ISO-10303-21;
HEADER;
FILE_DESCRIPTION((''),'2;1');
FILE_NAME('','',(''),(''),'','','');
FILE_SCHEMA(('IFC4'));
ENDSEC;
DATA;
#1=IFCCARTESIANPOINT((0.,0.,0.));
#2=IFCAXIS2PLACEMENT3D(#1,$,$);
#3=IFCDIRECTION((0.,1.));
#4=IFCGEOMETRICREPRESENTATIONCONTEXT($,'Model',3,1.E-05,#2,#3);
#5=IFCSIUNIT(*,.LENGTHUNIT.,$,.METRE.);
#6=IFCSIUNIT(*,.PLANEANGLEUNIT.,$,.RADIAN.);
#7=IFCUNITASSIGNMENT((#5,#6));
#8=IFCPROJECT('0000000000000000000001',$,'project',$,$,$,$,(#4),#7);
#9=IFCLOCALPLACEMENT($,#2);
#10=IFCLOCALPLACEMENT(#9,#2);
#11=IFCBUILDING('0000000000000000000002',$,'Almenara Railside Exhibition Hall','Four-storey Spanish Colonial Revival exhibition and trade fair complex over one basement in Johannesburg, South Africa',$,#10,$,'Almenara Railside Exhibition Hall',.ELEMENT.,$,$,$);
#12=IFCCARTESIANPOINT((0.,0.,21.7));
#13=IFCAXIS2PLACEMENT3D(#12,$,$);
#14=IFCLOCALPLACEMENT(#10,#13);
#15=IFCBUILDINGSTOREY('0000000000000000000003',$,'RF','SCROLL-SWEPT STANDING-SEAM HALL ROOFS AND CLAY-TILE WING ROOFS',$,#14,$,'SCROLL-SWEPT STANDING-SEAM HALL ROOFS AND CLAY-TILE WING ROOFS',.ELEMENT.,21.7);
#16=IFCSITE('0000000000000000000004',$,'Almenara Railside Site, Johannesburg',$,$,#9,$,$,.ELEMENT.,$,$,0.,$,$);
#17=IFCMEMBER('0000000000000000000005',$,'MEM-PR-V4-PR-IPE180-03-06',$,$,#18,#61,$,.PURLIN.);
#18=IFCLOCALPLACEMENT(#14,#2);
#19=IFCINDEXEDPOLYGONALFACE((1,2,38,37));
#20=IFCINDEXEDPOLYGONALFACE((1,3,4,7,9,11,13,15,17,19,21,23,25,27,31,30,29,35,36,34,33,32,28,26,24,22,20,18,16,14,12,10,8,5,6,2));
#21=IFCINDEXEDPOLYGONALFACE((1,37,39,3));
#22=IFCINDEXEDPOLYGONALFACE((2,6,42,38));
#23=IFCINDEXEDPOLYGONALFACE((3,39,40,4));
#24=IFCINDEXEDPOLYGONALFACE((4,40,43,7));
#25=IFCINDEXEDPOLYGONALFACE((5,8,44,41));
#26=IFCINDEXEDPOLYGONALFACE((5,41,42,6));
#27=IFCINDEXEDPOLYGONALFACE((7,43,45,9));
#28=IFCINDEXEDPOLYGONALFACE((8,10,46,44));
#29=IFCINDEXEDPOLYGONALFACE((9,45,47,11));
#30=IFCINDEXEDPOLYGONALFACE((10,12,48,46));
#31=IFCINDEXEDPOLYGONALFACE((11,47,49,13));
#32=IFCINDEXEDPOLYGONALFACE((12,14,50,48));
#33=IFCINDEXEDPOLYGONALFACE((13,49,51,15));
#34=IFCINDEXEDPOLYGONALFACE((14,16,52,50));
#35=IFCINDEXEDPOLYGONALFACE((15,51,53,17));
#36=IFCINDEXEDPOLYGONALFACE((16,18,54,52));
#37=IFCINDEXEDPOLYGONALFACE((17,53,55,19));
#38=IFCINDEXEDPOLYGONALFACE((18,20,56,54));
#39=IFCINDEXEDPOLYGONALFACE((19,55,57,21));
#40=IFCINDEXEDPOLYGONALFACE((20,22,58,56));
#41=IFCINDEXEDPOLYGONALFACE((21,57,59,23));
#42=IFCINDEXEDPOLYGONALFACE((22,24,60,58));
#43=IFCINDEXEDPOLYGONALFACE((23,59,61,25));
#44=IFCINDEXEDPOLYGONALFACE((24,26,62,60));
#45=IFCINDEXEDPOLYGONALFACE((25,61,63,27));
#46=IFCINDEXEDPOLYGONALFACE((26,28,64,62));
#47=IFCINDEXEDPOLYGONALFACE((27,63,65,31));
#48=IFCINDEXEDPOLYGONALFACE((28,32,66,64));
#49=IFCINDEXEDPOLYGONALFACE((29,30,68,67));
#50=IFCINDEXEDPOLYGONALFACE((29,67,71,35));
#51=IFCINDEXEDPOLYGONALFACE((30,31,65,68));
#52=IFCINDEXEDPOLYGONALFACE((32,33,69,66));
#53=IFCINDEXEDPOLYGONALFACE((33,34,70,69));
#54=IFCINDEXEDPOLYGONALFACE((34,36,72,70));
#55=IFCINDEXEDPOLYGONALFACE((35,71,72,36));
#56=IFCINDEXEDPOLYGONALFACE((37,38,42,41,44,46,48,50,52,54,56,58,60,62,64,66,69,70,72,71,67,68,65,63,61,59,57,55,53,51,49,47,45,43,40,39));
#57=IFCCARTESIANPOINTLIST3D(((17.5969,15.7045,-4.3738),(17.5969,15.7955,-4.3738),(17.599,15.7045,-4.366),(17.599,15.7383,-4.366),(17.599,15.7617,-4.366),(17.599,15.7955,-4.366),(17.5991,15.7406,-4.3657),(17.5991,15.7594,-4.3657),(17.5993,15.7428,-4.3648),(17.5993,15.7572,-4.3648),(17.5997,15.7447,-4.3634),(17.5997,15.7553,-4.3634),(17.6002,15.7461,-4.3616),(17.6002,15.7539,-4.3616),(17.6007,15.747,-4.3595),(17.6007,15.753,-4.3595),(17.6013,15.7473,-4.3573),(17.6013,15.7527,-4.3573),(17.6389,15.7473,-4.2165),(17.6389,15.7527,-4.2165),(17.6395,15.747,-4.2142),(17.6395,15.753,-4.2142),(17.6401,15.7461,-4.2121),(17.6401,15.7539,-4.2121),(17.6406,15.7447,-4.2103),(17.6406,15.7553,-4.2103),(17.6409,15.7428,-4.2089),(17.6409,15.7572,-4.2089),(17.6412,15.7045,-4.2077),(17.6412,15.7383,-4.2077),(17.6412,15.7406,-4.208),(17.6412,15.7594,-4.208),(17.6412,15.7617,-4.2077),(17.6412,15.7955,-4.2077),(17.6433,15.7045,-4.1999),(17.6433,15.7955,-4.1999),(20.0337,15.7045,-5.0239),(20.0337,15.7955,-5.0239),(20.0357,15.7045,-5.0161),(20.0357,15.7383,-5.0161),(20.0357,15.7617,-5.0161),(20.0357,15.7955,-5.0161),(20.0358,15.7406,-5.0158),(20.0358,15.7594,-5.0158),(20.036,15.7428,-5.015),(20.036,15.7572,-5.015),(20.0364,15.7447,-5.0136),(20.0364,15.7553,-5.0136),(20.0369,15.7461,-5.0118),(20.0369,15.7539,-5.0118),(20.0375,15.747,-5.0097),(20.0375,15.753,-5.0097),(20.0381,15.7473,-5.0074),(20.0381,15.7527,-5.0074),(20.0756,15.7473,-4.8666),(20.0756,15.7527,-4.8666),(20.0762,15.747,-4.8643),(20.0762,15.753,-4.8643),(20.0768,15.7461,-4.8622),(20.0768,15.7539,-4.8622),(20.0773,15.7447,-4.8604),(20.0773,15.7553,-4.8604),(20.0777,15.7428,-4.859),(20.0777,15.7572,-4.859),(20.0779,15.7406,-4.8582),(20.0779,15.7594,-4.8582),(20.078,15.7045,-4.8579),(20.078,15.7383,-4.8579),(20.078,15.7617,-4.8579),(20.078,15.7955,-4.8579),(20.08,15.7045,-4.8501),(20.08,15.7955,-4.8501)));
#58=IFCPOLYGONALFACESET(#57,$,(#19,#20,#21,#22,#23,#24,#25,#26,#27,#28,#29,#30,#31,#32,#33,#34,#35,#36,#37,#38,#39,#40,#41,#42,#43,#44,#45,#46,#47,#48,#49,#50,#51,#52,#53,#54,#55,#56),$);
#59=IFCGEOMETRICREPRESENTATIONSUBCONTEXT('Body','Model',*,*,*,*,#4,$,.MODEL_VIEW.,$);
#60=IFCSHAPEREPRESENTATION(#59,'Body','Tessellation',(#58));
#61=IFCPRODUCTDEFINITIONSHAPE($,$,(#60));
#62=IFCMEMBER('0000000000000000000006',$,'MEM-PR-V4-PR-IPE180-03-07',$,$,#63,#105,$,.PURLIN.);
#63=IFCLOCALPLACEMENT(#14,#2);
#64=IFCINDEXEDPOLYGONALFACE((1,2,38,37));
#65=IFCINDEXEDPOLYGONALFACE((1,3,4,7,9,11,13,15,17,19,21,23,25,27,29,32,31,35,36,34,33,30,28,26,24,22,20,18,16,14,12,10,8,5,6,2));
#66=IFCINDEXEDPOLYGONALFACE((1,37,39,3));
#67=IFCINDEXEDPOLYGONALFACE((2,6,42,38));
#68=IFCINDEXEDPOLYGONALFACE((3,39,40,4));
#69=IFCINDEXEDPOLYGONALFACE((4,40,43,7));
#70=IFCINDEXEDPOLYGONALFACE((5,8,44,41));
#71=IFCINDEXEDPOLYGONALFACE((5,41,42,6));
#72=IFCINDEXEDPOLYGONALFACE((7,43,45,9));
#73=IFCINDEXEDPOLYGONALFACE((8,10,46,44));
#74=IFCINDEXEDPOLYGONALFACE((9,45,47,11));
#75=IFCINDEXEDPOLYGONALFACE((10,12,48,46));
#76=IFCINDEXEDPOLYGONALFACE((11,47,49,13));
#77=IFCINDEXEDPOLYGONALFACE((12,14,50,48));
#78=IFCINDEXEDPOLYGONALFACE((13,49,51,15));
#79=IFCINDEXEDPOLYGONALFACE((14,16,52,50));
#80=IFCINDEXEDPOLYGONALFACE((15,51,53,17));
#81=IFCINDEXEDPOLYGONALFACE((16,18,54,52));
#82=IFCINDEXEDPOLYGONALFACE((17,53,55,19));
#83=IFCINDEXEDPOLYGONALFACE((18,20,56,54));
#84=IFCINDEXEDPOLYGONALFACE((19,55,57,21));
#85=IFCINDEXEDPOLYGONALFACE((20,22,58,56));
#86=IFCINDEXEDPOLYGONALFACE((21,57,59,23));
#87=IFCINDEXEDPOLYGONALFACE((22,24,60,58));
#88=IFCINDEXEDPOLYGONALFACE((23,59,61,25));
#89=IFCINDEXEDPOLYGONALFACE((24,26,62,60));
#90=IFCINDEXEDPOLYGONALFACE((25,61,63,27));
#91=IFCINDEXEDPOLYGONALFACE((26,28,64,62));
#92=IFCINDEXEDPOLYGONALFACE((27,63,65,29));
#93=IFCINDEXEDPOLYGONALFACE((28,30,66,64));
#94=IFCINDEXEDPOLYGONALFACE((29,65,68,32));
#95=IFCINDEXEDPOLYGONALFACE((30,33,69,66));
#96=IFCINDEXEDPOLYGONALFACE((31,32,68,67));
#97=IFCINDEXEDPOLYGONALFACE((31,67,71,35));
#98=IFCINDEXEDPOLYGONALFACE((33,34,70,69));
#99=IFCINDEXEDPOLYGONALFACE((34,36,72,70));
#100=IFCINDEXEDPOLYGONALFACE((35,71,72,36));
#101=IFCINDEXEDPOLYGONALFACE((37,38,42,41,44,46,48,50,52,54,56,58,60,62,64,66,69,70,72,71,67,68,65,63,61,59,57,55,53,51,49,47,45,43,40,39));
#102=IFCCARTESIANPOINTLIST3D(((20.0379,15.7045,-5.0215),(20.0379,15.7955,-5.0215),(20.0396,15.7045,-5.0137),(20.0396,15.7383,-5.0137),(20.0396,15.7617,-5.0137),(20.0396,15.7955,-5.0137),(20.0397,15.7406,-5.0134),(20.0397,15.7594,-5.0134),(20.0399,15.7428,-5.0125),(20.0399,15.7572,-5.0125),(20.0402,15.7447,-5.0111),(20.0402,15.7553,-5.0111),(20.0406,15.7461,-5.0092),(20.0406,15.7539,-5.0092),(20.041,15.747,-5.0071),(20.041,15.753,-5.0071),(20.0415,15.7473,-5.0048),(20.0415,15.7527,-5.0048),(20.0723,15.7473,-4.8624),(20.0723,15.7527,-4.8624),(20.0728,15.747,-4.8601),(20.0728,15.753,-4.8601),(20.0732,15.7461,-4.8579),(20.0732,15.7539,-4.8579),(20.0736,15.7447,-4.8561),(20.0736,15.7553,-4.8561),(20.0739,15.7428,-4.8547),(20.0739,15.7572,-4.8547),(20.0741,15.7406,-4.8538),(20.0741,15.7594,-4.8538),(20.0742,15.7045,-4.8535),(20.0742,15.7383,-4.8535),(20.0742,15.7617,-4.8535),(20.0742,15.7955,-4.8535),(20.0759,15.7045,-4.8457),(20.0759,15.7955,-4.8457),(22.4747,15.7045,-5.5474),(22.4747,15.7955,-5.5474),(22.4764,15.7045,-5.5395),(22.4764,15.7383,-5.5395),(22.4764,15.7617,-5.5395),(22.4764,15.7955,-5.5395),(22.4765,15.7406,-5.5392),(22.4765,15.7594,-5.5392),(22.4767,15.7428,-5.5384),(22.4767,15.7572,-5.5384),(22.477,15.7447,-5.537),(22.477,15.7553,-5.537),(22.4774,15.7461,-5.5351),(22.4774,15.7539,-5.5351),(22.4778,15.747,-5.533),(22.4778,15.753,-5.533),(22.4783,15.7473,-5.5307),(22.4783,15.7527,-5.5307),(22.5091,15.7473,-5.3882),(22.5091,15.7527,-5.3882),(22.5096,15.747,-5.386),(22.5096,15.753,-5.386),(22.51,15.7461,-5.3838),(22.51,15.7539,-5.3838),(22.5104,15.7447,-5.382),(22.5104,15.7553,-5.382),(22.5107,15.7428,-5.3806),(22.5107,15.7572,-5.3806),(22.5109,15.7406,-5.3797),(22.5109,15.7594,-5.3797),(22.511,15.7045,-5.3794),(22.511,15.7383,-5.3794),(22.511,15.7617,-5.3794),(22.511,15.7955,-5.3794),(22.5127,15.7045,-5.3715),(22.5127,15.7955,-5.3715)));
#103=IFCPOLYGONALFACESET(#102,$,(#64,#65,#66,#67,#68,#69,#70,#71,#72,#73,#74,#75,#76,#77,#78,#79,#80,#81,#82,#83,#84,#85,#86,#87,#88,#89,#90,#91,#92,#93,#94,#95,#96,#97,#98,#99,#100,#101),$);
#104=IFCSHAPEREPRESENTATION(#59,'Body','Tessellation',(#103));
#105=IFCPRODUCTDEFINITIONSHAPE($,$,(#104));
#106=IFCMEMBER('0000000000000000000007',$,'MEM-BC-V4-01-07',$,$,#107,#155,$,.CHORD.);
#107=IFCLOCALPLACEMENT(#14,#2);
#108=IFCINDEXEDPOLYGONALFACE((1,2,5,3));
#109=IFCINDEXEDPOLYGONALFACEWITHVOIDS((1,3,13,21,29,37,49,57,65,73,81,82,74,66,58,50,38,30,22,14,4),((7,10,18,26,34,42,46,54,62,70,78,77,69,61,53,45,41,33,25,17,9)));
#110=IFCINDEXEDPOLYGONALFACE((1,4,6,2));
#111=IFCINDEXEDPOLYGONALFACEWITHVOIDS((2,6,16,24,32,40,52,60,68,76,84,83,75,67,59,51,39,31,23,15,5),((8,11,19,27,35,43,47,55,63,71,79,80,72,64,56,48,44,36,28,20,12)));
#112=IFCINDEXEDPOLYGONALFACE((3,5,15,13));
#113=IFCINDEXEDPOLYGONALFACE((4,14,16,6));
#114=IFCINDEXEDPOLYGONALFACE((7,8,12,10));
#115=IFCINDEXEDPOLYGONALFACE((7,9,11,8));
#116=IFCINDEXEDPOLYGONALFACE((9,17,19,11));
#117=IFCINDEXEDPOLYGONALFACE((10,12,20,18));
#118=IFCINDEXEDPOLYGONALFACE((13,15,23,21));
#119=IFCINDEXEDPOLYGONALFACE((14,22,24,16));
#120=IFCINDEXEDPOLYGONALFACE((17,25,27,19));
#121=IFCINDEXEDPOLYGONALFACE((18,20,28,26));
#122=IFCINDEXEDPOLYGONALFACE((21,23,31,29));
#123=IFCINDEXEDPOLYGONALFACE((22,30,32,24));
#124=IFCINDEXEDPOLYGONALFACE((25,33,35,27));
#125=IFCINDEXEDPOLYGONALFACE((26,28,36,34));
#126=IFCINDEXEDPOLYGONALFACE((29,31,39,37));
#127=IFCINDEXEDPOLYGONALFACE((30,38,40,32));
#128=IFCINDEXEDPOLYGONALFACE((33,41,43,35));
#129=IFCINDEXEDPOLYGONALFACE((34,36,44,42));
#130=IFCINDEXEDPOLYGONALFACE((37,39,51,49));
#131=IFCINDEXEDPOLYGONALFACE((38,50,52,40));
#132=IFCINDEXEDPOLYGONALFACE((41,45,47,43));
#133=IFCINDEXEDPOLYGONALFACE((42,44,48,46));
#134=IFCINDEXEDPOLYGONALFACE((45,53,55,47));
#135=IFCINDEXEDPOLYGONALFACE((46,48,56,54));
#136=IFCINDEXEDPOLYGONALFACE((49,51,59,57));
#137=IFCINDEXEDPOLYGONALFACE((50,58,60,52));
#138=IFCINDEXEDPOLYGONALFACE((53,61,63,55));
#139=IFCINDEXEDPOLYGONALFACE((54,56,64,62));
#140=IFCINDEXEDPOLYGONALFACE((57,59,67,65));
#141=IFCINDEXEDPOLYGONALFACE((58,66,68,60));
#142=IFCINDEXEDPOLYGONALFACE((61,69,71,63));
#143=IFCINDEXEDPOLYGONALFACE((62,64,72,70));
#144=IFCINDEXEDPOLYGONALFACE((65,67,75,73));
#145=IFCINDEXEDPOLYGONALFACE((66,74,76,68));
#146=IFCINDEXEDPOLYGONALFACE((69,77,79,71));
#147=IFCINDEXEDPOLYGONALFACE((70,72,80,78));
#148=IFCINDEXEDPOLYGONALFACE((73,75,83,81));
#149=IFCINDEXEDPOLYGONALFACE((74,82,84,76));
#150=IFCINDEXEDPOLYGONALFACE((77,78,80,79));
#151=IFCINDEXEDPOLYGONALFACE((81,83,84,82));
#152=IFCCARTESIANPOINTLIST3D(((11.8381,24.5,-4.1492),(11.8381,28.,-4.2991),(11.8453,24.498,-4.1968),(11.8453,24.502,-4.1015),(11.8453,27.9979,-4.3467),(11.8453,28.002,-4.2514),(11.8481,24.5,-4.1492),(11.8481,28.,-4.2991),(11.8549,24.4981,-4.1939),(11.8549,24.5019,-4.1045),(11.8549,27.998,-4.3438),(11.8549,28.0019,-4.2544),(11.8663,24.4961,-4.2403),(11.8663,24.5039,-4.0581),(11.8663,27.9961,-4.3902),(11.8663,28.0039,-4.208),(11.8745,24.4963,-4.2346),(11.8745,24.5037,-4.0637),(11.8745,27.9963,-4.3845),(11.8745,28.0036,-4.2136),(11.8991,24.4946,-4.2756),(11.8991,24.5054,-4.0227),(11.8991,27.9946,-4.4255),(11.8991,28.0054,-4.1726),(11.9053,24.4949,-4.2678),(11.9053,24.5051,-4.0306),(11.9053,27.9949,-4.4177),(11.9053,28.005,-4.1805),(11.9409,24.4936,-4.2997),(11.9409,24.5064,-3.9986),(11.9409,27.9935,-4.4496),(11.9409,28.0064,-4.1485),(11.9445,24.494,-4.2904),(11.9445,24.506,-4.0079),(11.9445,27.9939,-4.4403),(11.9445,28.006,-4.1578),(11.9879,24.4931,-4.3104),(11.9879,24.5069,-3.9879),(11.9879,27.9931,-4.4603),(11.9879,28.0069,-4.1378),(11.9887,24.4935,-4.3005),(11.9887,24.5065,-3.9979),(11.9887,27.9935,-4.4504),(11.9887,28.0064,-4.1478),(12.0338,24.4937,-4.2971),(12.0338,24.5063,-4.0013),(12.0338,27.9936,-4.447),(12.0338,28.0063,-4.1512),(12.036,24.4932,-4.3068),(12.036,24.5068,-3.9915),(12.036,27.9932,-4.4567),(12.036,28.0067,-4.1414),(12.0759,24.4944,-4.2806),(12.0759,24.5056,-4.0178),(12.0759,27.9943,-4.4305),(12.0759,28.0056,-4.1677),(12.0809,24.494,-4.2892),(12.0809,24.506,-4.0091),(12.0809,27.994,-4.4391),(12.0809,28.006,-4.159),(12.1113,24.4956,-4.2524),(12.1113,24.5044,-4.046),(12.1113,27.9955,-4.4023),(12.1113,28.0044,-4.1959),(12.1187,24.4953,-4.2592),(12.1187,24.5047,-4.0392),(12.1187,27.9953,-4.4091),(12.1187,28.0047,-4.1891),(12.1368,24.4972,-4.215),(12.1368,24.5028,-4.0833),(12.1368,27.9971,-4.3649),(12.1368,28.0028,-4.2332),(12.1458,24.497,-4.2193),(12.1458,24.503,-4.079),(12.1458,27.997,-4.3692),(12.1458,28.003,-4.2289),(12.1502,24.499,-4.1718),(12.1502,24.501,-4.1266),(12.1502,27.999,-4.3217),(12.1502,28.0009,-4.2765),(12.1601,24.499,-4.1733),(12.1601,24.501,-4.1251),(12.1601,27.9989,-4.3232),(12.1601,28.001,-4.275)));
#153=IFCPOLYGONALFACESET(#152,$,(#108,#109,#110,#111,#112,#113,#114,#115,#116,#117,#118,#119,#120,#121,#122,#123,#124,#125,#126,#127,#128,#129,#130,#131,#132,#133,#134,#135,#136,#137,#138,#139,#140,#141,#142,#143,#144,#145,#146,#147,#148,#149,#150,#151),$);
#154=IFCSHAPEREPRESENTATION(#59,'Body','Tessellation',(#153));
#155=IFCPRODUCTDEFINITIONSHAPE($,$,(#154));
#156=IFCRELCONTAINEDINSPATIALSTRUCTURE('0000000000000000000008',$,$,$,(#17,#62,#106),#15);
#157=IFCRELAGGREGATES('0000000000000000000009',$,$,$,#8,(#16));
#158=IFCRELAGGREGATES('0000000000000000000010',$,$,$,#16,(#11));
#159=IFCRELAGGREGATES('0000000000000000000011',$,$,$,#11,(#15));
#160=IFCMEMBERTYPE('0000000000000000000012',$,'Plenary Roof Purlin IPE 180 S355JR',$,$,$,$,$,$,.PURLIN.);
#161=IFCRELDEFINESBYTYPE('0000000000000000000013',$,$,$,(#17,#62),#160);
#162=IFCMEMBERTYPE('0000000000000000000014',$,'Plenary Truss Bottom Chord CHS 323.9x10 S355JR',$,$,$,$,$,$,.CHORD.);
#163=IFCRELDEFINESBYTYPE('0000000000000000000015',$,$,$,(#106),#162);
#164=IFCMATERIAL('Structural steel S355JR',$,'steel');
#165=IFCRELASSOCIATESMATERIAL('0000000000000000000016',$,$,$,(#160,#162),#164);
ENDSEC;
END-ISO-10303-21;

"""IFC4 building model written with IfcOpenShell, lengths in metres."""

from ifc_helpers import new_model, si_unit, direction, frame, origin, origin_2d, place, context, subcontext, project, spatial, hollow_circle, i_section, extrude, material, material_profile, profile_set, type_object, element, save


model = new_model("IFC4")

# Units and contexts
model_context = context("Model", 3, precision=1e-05, world=origin(), true_north=direction((0.0, 1.0)))
body_context = subcontext(model_context, "Body", "Model", "MODEL_VIEW")
ifc_project = project(units=[si_unit("LENGTHUNIT", "METRE"), si_unit("PLANEANGLEUNIT", "RADIAN")], contexts=[model_context])

# Site, building, storey
site_placement = place(None, origin())
site = spatial("IfcSite", under=ifc_project, at=site_placement, Name="Almenara Railside Site, Johannesburg", CompositionType="ELEMENT", RefElevation=0.0)
building_placement = place(site_placement, origin())
building = spatial("IfcBuilding", under=site, at=building_placement, Name="Almenara Railside Exhibition Hall", Description="Four-storey Spanish Colonial Revival exhibition and trade fair complex over one basement in Johannesburg, South Africa", LongName="Almenara Railside Exhibition Hall", CompositionType="ELEMENT")
storey_placement = place(building_placement, frame((0.0, 0.0, 21.7)))
storey = spatial("IfcBuildingStorey", under=building, at=storey_placement, Name="RF", Description="SCROLL-SWEPT STANDING-SEAM HALL ROOFS AND CLAY-TILE WING ROOFS", LongName="SCROLL-SWEPT STANDING-SEAM HALL ROOFS AND CLAY-TILE WING ROOFS", CompositionType="ELEMENT", Elevation=21.7)

# Members
ifc_material_1 = material(Name="Structural steel S355JR", Category="steel")
ifc_material_profile_1 = material_profile(ifc_material_1, i_section(OverallWidth=0.0911, OverallDepth=0.1799, WebThickness=0.0054, FlangeThickness=0.0081, FilletRadius=0.009, at=origin_2d()), Name="IPE 180")
ifc_profile_set_1 = profile_set([ifc_material_profile_1], Name="Structural steel S355JR")
member_type_1 = type_object("IfcMemberType", Name="Plenary Roof Purlin IPE 180 S355JR", PredefinedType="PURLIN", material=ifc_profile_set_1)
member_1_placement = place(storey_placement, frame((17.6201, 15.75, -4.2869), z_axis=(0.966201, 0.0, -0.257789), x_axis=(0.0, 1.0, 0.0)))
element("IfcMember", 1, at=member_1_placement, inside=storey, type_object=member_type_1, Name="MEM-PR-V4-PR-IPE180-03-06", PredefinedType="PURLIN", context=body_context, shape_type="SweptSolid", body=[
    extrude(i_section(OverallWidth=0.0911, OverallDepth=0.1799, WebThickness=0.0054, FlangeThickness=0.0081, FilletRadius=0.009, at=origin_2d()), origin(), (0.0, 0.0, 1.0), 2.522),
])
member_2_placement = place(storey_placement, frame((20.0569, 15.75, -4.9336), z_axis=(0.977496, 0.0, -0.210953), x_axis=(0.0, 1.0, 0.0)))
element("IfcMember", 2, at=member_2_placement, inside=storey, type_object=member_type_1, Name="MEM-PR-V4-PR-IPE180-03-07", PredefinedType="PURLIN", context=body_context, shape_type="SweptSolid", body=[
    extrude(i_section(OverallWidth=0.0911, OverallDepth=0.1799, WebThickness=0.0054, FlangeThickness=0.0081, FilletRadius=0.009, at=origin_2d()), origin(), (0.0, 0.0, 1.0), 2.4929),
])
ifc_material_profile_2 = material_profile(ifc_material_1, hollow_circle(Radius=0.1619, WallThickness=0.01, at=origin_2d()), Name="CHS 323.9x10")
ifc_profile_set_2 = profile_set([ifc_material_profile_2], Name="Structural steel S355JR")
member_type_2 = type_object("IfcMemberType", Name="Plenary Truss Bottom Chord CHS 323.9x10 S355JR", PredefinedType="CHORD", material=ifc_profile_set_2)
member_3_placement = place(storey_placement, frame((12.0, 24.5, -4.1492), z_axis=(0.0, 0.999084, -0.04279), x_axis=(-1.0, 0.0, 0.0)))
element("IfcMember", 3, at=member_3_placement, inside=storey, type_object=member_type_2, Name="MEM-BC-V4-01-07", PredefinedType="CHORD", context=body_context, shape_type="SweptSolid", body=[
    extrude(hollow_circle(Radius=0.1619, WallThickness=0.01, at=origin_2d()), origin(), (0.0, 0.0, 1.0), 3.5032),
])

save(model, "model.ifc")
